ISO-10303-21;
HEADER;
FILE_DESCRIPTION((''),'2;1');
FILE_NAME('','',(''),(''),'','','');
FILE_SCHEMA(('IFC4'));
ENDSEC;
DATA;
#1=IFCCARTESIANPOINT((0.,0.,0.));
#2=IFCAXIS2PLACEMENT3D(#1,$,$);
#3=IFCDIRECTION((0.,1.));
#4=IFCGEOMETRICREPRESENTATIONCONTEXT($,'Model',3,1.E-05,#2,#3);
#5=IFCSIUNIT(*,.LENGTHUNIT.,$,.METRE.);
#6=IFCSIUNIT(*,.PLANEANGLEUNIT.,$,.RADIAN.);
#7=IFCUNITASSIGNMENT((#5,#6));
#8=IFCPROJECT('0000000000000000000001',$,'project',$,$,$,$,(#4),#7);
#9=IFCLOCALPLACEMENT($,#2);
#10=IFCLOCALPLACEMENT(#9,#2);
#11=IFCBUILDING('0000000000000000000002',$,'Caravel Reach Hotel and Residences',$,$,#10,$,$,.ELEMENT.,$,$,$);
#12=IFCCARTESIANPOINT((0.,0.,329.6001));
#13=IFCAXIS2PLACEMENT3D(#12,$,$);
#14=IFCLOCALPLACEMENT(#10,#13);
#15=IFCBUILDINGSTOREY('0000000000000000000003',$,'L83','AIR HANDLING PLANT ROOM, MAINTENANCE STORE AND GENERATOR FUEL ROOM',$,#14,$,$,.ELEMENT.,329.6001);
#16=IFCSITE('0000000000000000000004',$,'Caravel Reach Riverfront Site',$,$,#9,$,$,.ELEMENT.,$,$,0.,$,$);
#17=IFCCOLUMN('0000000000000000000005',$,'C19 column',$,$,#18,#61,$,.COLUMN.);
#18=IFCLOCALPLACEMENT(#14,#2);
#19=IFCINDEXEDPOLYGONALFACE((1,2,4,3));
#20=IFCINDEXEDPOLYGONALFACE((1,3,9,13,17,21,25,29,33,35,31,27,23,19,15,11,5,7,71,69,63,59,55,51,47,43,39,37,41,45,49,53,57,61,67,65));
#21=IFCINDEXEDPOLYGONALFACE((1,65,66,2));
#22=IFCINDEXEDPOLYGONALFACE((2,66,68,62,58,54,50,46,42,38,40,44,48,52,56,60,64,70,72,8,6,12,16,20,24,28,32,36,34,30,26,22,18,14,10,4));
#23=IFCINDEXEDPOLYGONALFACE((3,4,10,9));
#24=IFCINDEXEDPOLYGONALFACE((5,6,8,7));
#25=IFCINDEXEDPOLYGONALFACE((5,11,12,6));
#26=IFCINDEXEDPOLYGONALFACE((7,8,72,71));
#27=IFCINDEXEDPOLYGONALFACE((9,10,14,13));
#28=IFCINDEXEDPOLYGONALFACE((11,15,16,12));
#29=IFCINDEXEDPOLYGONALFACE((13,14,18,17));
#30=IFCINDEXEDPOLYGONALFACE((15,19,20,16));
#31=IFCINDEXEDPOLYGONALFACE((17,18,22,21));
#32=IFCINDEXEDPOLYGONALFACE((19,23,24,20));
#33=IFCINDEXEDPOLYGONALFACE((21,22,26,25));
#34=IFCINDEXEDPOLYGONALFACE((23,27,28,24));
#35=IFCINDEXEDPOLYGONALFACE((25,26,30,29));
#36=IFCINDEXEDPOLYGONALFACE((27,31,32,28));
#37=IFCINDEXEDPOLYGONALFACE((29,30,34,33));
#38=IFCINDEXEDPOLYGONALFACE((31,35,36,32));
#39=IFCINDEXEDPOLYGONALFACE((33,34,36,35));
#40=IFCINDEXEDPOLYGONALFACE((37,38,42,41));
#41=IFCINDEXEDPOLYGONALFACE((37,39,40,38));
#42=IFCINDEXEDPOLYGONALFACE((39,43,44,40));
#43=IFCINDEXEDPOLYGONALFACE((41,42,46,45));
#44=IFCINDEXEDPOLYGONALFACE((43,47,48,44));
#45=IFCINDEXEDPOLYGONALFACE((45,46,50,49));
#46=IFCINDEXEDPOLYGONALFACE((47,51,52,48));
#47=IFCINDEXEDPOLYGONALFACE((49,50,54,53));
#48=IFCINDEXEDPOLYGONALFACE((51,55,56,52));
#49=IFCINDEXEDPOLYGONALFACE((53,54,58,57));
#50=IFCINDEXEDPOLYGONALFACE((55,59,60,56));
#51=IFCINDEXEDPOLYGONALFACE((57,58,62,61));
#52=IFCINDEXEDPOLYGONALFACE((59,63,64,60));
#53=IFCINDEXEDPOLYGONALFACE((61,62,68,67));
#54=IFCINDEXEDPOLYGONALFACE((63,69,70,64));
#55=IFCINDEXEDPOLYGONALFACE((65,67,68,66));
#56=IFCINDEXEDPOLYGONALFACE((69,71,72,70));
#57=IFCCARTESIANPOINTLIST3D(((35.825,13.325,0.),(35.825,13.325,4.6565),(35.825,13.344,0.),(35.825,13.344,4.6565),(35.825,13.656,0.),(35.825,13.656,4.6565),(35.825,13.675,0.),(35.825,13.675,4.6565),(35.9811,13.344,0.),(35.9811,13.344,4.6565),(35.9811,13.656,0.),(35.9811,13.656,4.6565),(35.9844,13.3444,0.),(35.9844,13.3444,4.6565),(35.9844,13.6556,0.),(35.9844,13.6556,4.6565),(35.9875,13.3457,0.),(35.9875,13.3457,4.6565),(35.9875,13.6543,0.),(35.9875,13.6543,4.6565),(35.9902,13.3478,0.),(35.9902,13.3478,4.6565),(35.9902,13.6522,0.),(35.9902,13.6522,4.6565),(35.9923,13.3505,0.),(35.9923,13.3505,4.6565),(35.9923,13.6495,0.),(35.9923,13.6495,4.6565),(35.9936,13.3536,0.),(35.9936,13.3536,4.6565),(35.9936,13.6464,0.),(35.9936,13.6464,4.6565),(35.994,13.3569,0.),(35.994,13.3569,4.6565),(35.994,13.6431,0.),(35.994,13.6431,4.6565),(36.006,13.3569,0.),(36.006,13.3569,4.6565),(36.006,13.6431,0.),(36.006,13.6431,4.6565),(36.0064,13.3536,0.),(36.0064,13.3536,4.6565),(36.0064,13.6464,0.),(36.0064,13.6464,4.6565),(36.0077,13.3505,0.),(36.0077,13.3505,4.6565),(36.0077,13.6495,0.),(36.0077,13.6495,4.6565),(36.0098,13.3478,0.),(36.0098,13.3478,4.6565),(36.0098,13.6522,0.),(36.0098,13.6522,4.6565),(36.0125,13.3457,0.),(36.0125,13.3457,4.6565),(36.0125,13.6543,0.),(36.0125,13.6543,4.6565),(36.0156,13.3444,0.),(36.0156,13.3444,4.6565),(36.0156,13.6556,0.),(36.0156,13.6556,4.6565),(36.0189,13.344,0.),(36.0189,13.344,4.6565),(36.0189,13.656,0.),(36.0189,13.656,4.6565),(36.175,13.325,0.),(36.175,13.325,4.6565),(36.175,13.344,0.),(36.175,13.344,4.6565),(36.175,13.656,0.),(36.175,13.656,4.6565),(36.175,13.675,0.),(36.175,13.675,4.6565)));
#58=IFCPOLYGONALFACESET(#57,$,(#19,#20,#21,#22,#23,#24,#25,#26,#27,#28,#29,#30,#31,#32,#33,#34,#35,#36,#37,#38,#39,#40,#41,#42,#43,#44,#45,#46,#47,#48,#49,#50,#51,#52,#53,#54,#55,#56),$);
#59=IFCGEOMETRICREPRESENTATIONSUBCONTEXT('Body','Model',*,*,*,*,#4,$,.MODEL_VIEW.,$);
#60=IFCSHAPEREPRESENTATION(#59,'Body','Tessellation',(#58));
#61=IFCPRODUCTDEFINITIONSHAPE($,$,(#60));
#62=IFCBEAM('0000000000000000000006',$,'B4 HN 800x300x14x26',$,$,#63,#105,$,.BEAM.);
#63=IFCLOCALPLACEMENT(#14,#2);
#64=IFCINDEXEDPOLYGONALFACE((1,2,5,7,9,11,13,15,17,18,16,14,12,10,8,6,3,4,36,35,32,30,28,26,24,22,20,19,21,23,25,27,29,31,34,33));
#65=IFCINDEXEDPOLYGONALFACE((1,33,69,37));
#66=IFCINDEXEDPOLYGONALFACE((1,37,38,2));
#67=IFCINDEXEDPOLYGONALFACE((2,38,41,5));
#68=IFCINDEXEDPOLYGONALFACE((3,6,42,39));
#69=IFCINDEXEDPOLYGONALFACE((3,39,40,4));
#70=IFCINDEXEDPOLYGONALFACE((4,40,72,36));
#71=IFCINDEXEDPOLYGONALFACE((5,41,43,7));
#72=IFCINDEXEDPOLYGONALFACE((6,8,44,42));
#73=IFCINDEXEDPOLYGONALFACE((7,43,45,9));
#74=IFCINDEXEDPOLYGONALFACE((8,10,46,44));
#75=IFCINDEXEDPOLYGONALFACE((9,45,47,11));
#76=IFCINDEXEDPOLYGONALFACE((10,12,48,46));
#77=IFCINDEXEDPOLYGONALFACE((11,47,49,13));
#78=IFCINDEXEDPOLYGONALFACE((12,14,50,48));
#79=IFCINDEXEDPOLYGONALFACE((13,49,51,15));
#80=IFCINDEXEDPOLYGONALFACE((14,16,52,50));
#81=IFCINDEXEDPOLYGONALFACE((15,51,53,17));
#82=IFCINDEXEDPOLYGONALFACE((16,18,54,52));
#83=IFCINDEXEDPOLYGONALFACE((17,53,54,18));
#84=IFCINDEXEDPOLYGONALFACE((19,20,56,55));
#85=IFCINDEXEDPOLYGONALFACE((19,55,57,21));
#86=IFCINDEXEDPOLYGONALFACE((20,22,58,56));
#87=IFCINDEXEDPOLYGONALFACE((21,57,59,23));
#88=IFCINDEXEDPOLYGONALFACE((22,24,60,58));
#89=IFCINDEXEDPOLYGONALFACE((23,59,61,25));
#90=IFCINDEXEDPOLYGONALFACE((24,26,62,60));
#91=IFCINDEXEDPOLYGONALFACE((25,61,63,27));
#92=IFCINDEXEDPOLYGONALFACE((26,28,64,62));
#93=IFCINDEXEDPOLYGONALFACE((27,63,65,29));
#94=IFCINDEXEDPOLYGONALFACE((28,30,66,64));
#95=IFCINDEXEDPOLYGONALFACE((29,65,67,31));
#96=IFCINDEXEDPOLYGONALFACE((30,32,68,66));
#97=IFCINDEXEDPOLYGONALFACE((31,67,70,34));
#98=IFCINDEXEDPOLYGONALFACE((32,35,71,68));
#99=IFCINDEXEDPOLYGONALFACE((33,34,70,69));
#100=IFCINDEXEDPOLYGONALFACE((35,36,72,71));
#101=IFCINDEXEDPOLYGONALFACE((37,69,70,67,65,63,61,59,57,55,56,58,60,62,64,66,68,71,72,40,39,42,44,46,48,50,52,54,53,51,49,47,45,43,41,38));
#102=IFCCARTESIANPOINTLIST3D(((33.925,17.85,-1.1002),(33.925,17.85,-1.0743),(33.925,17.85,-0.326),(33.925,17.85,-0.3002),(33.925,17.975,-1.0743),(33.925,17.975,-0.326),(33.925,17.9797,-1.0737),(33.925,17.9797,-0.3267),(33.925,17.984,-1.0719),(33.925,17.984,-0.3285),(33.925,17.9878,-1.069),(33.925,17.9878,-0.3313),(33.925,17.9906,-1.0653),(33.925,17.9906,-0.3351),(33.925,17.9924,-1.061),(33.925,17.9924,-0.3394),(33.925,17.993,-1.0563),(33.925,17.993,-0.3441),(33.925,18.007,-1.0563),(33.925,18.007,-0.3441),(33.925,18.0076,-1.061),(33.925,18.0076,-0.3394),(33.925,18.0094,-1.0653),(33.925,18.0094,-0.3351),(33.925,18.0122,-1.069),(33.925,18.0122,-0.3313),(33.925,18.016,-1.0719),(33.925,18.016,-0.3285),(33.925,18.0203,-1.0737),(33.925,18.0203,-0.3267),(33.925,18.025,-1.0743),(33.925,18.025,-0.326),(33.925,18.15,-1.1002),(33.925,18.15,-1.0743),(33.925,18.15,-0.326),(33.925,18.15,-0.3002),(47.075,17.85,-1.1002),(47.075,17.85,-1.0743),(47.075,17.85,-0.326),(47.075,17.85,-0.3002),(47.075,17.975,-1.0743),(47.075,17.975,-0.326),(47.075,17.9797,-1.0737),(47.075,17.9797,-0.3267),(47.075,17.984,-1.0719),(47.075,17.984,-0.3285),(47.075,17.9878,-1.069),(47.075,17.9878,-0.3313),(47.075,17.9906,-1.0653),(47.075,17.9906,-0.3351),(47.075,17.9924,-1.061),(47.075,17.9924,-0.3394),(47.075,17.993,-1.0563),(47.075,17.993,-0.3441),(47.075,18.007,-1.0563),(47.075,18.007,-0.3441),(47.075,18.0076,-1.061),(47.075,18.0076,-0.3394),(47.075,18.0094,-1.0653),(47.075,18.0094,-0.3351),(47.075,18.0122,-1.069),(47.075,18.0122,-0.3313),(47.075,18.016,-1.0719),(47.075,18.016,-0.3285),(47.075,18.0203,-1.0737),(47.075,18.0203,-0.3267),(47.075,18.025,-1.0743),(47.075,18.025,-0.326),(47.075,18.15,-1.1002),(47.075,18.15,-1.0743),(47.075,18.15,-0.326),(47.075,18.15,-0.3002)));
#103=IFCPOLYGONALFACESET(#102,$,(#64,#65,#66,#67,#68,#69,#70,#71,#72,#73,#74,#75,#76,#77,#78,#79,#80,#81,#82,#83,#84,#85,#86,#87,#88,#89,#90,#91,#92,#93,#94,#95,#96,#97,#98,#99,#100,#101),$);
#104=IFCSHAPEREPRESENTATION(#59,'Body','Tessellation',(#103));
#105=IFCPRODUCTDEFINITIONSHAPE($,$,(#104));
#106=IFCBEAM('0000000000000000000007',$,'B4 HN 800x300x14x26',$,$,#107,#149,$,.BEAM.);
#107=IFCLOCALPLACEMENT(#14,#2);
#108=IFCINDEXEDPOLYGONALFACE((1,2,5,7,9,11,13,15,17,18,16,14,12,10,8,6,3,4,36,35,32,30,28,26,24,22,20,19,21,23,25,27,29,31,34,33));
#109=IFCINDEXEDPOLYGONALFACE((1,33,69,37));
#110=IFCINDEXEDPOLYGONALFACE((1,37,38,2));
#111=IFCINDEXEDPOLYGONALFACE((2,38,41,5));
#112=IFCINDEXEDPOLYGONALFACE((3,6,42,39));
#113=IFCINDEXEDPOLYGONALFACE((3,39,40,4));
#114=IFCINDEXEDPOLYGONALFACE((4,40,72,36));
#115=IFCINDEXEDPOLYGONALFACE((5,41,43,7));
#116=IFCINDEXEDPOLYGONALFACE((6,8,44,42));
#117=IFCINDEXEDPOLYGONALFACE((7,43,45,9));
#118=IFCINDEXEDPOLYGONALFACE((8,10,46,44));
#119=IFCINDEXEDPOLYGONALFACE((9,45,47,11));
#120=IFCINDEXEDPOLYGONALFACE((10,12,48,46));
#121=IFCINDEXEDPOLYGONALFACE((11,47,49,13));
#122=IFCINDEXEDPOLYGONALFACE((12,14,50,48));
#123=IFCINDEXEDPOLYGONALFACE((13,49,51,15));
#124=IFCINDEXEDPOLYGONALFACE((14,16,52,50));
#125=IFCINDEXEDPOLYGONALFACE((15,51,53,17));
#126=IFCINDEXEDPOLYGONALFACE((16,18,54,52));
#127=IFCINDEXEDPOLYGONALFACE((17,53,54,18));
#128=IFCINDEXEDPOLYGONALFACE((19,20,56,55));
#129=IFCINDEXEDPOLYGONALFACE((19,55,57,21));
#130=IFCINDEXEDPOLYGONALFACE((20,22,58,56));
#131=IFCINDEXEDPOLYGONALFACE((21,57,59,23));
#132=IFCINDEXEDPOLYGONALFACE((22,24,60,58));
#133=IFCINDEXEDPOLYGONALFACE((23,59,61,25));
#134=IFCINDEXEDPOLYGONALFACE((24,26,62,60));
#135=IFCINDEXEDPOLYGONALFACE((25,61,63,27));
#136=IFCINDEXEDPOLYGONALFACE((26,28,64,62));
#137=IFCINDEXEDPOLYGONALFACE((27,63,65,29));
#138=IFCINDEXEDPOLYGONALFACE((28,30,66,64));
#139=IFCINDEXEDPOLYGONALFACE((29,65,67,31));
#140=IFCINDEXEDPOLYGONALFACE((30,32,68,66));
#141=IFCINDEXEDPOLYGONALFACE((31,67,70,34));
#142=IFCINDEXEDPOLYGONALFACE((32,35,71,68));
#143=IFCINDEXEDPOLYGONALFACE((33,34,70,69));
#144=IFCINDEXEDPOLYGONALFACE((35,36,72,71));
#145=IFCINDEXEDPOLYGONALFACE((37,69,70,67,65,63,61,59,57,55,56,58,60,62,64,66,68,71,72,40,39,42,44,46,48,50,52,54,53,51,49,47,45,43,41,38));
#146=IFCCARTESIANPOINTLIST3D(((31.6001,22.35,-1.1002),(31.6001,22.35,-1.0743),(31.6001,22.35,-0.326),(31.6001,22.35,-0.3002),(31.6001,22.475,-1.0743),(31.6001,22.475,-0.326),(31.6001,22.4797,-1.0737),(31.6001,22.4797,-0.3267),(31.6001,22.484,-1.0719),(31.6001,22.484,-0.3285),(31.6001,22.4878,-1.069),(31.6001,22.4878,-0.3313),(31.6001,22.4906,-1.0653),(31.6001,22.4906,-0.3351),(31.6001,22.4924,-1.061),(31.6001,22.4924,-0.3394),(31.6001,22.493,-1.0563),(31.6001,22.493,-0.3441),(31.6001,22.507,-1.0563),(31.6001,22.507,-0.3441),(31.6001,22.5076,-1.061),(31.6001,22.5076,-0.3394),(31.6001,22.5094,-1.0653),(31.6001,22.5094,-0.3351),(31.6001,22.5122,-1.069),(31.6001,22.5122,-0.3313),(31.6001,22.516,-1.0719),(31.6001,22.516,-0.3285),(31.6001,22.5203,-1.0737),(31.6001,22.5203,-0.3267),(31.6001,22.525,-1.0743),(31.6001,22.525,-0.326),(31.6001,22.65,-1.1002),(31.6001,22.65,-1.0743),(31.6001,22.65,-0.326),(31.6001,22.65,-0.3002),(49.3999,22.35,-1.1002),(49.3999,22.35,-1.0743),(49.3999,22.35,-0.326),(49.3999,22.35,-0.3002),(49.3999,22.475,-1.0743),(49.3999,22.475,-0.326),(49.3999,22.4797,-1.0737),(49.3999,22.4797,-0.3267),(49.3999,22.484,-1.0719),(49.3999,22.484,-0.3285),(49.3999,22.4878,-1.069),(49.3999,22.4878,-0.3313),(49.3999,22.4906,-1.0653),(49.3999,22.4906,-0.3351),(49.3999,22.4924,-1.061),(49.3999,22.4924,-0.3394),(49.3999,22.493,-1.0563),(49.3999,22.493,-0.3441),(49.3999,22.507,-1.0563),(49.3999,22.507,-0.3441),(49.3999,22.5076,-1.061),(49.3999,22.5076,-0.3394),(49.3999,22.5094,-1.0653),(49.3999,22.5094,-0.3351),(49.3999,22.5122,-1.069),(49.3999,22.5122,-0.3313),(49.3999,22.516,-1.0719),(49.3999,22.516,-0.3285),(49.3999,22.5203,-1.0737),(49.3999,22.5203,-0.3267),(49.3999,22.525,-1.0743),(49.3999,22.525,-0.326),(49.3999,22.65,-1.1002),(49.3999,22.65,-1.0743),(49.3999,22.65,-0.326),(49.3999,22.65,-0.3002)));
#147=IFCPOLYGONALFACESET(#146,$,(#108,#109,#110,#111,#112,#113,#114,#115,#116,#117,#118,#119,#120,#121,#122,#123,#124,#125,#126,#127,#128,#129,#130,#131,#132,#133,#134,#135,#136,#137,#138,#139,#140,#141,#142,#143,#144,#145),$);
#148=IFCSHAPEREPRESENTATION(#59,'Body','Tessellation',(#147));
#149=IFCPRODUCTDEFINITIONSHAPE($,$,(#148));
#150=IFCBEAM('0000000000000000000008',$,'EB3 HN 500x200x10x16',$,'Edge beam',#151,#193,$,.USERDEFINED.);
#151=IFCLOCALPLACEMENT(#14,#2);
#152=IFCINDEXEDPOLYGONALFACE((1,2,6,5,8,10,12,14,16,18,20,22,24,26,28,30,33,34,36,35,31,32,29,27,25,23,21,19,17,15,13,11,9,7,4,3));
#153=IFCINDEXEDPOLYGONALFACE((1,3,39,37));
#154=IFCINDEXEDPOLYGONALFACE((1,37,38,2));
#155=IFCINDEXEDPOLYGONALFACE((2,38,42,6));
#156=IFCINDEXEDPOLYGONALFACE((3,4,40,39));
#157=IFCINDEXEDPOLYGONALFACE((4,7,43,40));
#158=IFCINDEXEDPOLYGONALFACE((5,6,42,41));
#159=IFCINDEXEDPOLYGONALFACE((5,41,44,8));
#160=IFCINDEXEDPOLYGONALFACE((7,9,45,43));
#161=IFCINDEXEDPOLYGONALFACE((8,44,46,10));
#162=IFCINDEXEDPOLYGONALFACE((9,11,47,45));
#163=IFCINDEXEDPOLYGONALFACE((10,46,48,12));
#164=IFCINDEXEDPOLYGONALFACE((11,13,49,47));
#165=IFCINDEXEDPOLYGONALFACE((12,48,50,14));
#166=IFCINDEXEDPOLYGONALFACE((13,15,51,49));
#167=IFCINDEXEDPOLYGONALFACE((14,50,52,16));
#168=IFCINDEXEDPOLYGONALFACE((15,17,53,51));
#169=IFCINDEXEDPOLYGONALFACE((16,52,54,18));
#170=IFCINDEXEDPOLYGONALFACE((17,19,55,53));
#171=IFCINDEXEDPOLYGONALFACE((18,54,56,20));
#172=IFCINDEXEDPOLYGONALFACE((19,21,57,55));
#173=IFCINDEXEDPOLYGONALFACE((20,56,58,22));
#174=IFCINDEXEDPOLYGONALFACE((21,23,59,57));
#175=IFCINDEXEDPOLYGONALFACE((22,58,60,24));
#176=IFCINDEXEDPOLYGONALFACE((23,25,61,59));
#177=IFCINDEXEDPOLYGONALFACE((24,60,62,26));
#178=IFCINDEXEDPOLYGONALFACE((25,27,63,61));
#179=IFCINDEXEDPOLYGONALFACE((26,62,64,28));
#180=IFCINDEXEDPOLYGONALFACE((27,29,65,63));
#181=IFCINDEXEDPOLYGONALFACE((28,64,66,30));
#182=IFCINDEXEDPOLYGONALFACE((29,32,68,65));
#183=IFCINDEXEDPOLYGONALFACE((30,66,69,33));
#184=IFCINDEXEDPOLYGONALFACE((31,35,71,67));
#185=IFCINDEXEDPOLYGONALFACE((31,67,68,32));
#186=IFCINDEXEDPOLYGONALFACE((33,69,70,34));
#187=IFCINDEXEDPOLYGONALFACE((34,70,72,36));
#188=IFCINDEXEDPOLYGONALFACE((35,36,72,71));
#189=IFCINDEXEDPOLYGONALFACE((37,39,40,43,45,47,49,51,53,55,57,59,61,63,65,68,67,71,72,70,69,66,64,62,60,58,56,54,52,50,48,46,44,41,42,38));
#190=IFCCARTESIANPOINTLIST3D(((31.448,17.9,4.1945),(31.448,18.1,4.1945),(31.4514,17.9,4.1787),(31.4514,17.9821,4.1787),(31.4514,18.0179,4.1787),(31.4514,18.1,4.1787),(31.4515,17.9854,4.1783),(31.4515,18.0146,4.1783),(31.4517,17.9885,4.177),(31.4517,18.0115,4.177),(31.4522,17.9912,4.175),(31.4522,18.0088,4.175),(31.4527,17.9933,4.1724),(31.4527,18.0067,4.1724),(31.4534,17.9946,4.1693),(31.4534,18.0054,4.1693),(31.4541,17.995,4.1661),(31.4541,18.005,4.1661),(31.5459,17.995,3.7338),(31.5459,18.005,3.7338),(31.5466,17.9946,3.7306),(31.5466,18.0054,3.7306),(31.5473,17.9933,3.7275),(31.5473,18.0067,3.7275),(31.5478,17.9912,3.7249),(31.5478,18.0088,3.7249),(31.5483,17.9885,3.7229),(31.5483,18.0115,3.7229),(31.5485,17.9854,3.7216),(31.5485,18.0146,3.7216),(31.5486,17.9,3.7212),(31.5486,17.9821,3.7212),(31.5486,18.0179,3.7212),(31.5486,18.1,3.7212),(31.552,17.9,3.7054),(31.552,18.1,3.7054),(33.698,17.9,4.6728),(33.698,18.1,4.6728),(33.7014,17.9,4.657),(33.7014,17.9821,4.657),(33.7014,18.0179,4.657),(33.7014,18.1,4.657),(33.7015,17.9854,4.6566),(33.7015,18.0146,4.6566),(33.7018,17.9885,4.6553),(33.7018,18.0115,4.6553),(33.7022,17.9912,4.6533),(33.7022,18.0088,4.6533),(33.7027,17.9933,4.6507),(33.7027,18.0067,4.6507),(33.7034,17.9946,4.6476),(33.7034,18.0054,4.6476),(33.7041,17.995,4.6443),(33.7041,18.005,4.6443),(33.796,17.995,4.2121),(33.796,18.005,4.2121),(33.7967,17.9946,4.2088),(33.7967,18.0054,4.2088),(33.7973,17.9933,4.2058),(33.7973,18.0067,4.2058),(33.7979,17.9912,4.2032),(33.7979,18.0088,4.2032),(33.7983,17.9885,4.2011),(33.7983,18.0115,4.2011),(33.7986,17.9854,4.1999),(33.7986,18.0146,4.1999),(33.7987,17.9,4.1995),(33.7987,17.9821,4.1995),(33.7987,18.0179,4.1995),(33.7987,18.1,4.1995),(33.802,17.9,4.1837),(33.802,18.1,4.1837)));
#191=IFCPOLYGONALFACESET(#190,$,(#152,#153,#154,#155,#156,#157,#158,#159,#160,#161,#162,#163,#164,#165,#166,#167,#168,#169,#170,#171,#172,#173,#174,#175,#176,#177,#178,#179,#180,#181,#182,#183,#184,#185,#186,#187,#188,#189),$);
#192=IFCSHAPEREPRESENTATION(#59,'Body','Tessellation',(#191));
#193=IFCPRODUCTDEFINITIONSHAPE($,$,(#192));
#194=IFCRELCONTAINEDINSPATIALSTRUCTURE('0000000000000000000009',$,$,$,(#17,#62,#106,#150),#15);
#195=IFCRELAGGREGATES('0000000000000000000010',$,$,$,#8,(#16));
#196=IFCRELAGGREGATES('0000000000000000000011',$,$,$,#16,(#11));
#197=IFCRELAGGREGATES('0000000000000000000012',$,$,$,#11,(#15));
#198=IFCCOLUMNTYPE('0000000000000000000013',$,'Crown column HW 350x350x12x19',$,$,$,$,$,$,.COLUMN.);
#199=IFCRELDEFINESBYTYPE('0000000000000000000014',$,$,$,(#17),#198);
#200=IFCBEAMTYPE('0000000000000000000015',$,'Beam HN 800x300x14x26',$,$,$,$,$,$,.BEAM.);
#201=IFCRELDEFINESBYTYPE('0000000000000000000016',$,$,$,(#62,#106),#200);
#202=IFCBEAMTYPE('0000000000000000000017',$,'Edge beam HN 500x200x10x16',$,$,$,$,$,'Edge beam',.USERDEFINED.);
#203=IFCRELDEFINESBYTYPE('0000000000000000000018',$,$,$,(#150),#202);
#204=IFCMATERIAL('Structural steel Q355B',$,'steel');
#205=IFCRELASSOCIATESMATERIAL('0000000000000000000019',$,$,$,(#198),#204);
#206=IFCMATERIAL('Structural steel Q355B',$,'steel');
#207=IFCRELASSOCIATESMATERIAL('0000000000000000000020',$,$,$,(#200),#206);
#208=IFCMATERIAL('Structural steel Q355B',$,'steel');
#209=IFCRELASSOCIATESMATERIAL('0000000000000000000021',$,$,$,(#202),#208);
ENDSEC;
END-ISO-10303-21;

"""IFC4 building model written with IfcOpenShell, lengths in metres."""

from ifc_helpers import new_model, si_unit, direction, frame, origin, origin_2d, place, context, subcontext, project, spatial, i_section, extrude, material, material_profile, profile_set, type_object, element, save


model = new_model("IFC4")

# Units and contexts
model_context = context("Model", 3, precision=1e-05, world=origin(), true_north=direction((0.0, 1.0)))
body_context = subcontext(model_context, "Body", "Model", "MODEL_VIEW")
ifc_project = project(units=[si_unit("LENGTHUNIT", "METRE"), si_unit("PLANEANGLEUNIT", "RADIAN")], contexts=[model_context])

# Site, building, storey
site_placement = place(None, origin())
site = spatial("IfcSite", under=ifc_project, at=site_placement, Name="Caravel Reach Riverfront Site", CompositionType="ELEMENT", RefElevation=0.0)
building_placement = place(site_placement, origin())
building = spatial("IfcBuilding", under=site, at=building_placement, Name="Caravel Reach Hotel and Residences", CompositionType="ELEMENT")
storey_placement = place(building_placement, frame((0.0, 0.0, 329.6001)))
storey = spatial("IfcBuildingStorey", under=building, at=storey_placement, Name="L83", Description="AIR HANDLING PLANT ROOM, MAINTENANCE STORE AND GENERATOR FUEL ROOM", CompositionType="ELEMENT", Elevation=329.6001)

# Column
ifc_material_1 = material(Name="Structural steel Q355B", Category="steel")
ifc_material_profile_1 = material_profile(ifc_material_1, i_section(OverallWidth=0.3501, OverallDepth=0.3501, WebThickness=0.012, FlangeThickness=0.019, FilletRadius=0.0129, at=origin_2d()), Name="HW 350x350x12x19")
ifc_profile_set_1 = profile_set([ifc_material_profile_1], Name="Structural steel Q355B")
column_type = type_object("IfcColumnType", Name="Crown column HW 350x350x12x19", PredefinedType="COLUMN", material=ifc_profile_set_1)
for number, where, z_axis, x_axis, name in (
    (1, (36.0, 13.5, 0.0), (0.0, 0.0, 1.0), (1.0, 0.0, 0.0), "C19 column"),
):
    element("IfcColumn", number, at=place(storey_placement, frame(where, z_axis=z_axis, x_axis=x_axis)), inside=storey, type_object=column_type, Name=name, PredefinedType="COLUMN", context=body_context, shape_type="SweptSolid", body=[
        extrude(i_section(OverallWidth=0.3501, OverallDepth=0.3501, WebThickness=0.012, FlangeThickness=0.019, FilletRadius=0.0129, at=origin_2d()), origin(), (0.0, 0.0, 1.0), 4.6565),
    ])

# Beams
ifc_material_2 = material(Name="Structural steel Q355B", Category="steel")
ifc_material_profile_2 = material_profile(ifc_material_2, i_section(OverallWidth=0.3, OverallDepth=0.8, WebThickness=0.0139, FlangeThickness=0.0259, FilletRadius=0.0181, at=origin_2d()), Name="HN 800x300x14x26")
ifc_profile_set_2 = profile_set([ifc_material_profile_2], Name="Structural steel Q355B")
beam_type_1 = type_object("IfcBeamType", Name="Beam HN 800x300x14x26", PredefinedType="BEAM", material=ifc_profile_set_2)
beam_1_placement = place(storey_placement, frame((33.925, 18.0, -0.7002), z_axis=(1.0, 0.0, 0.0), x_axis=(0.0, 1.0, 0.0)))
element("IfcBeam", 2, at=beam_1_placement, inside=storey, type_object=beam_type_1, Name="B4 HN 800x300x14x26", PredefinedType="BEAM", context=body_context, shape_type="SweptSolid", body=[
    extrude(i_section(OverallWidth=0.3, OverallDepth=0.8, WebThickness=0.0139, FlangeThickness=0.0259, FilletRadius=0.0181, at=origin_2d()), origin(), (0.0, 0.0, 1.0), 13.1499),
])
beam_2_placement = place(storey_placement, frame((31.6001, 22.5, -0.7002), z_axis=(1.0, 0.0, 0.0), x_axis=(0.0, 1.0, 0.0)))
element("IfcBeam", 3, at=beam_2_placement, inside=storey, type_object=beam_type_1, Name="B4 HN 800x300x14x26", PredefinedType="BEAM", context=body_context, shape_type="SweptSolid", body=[
    extrude(i_section(OverallWidth=0.3, OverallDepth=0.8, WebThickness=0.0139, FlangeThickness=0.0259, FilletRadius=0.0181, at=origin_2d()), origin(), (0.0, 0.0, 1.0), 17.7998),
])
ifc_material_3 = material(Name="Structural steel Q355B", Category="steel")
ifc_material_profile_3 = material_profile(ifc_material_3, i_section(OverallWidth=0.2, OverallDepth=0.5, WebThickness=0.01, FlangeThickness=0.0161, FilletRadius=0.0129, at=origin_2d()), Name="HN 500x200x10x16")
ifc_profile_set_3 = profile_set([ifc_material_profile_3], Name="Structural steel Q355B")
beam_type_2 = type_object("IfcBeamType", Name="Edge beam HN 500x200x10x16", ElementType="Edge beam", PredefinedType="USERDEFINED", material=ifc_profile_set_3)
beam_3_placement = place(storey_placement, frame((31.5, 18.0, 3.95), z_axis=(0.978146, 0.0, 0.20792), x_axis=(0.0, 1.0, 0.0)))
element("IfcBeam", 4, at=beam_3_placement, inside=storey, type_object=beam_type_2, Name="EB3 HN 500x200x10x16", ObjectType="Edge beam", PredefinedType="USERDEFINED", context=body_context, shape_type="SweptSolid", body=[
    extrude(i_section(OverallWidth=0.2, OverallDepth=0.5, WebThickness=0.01, FlangeThickness=0.0161, FilletRadius=0.0129, at=origin_2d()), origin(), (0.0, 0.0, 1.0), 2.3003),
])

save(model, "model.ifc")
